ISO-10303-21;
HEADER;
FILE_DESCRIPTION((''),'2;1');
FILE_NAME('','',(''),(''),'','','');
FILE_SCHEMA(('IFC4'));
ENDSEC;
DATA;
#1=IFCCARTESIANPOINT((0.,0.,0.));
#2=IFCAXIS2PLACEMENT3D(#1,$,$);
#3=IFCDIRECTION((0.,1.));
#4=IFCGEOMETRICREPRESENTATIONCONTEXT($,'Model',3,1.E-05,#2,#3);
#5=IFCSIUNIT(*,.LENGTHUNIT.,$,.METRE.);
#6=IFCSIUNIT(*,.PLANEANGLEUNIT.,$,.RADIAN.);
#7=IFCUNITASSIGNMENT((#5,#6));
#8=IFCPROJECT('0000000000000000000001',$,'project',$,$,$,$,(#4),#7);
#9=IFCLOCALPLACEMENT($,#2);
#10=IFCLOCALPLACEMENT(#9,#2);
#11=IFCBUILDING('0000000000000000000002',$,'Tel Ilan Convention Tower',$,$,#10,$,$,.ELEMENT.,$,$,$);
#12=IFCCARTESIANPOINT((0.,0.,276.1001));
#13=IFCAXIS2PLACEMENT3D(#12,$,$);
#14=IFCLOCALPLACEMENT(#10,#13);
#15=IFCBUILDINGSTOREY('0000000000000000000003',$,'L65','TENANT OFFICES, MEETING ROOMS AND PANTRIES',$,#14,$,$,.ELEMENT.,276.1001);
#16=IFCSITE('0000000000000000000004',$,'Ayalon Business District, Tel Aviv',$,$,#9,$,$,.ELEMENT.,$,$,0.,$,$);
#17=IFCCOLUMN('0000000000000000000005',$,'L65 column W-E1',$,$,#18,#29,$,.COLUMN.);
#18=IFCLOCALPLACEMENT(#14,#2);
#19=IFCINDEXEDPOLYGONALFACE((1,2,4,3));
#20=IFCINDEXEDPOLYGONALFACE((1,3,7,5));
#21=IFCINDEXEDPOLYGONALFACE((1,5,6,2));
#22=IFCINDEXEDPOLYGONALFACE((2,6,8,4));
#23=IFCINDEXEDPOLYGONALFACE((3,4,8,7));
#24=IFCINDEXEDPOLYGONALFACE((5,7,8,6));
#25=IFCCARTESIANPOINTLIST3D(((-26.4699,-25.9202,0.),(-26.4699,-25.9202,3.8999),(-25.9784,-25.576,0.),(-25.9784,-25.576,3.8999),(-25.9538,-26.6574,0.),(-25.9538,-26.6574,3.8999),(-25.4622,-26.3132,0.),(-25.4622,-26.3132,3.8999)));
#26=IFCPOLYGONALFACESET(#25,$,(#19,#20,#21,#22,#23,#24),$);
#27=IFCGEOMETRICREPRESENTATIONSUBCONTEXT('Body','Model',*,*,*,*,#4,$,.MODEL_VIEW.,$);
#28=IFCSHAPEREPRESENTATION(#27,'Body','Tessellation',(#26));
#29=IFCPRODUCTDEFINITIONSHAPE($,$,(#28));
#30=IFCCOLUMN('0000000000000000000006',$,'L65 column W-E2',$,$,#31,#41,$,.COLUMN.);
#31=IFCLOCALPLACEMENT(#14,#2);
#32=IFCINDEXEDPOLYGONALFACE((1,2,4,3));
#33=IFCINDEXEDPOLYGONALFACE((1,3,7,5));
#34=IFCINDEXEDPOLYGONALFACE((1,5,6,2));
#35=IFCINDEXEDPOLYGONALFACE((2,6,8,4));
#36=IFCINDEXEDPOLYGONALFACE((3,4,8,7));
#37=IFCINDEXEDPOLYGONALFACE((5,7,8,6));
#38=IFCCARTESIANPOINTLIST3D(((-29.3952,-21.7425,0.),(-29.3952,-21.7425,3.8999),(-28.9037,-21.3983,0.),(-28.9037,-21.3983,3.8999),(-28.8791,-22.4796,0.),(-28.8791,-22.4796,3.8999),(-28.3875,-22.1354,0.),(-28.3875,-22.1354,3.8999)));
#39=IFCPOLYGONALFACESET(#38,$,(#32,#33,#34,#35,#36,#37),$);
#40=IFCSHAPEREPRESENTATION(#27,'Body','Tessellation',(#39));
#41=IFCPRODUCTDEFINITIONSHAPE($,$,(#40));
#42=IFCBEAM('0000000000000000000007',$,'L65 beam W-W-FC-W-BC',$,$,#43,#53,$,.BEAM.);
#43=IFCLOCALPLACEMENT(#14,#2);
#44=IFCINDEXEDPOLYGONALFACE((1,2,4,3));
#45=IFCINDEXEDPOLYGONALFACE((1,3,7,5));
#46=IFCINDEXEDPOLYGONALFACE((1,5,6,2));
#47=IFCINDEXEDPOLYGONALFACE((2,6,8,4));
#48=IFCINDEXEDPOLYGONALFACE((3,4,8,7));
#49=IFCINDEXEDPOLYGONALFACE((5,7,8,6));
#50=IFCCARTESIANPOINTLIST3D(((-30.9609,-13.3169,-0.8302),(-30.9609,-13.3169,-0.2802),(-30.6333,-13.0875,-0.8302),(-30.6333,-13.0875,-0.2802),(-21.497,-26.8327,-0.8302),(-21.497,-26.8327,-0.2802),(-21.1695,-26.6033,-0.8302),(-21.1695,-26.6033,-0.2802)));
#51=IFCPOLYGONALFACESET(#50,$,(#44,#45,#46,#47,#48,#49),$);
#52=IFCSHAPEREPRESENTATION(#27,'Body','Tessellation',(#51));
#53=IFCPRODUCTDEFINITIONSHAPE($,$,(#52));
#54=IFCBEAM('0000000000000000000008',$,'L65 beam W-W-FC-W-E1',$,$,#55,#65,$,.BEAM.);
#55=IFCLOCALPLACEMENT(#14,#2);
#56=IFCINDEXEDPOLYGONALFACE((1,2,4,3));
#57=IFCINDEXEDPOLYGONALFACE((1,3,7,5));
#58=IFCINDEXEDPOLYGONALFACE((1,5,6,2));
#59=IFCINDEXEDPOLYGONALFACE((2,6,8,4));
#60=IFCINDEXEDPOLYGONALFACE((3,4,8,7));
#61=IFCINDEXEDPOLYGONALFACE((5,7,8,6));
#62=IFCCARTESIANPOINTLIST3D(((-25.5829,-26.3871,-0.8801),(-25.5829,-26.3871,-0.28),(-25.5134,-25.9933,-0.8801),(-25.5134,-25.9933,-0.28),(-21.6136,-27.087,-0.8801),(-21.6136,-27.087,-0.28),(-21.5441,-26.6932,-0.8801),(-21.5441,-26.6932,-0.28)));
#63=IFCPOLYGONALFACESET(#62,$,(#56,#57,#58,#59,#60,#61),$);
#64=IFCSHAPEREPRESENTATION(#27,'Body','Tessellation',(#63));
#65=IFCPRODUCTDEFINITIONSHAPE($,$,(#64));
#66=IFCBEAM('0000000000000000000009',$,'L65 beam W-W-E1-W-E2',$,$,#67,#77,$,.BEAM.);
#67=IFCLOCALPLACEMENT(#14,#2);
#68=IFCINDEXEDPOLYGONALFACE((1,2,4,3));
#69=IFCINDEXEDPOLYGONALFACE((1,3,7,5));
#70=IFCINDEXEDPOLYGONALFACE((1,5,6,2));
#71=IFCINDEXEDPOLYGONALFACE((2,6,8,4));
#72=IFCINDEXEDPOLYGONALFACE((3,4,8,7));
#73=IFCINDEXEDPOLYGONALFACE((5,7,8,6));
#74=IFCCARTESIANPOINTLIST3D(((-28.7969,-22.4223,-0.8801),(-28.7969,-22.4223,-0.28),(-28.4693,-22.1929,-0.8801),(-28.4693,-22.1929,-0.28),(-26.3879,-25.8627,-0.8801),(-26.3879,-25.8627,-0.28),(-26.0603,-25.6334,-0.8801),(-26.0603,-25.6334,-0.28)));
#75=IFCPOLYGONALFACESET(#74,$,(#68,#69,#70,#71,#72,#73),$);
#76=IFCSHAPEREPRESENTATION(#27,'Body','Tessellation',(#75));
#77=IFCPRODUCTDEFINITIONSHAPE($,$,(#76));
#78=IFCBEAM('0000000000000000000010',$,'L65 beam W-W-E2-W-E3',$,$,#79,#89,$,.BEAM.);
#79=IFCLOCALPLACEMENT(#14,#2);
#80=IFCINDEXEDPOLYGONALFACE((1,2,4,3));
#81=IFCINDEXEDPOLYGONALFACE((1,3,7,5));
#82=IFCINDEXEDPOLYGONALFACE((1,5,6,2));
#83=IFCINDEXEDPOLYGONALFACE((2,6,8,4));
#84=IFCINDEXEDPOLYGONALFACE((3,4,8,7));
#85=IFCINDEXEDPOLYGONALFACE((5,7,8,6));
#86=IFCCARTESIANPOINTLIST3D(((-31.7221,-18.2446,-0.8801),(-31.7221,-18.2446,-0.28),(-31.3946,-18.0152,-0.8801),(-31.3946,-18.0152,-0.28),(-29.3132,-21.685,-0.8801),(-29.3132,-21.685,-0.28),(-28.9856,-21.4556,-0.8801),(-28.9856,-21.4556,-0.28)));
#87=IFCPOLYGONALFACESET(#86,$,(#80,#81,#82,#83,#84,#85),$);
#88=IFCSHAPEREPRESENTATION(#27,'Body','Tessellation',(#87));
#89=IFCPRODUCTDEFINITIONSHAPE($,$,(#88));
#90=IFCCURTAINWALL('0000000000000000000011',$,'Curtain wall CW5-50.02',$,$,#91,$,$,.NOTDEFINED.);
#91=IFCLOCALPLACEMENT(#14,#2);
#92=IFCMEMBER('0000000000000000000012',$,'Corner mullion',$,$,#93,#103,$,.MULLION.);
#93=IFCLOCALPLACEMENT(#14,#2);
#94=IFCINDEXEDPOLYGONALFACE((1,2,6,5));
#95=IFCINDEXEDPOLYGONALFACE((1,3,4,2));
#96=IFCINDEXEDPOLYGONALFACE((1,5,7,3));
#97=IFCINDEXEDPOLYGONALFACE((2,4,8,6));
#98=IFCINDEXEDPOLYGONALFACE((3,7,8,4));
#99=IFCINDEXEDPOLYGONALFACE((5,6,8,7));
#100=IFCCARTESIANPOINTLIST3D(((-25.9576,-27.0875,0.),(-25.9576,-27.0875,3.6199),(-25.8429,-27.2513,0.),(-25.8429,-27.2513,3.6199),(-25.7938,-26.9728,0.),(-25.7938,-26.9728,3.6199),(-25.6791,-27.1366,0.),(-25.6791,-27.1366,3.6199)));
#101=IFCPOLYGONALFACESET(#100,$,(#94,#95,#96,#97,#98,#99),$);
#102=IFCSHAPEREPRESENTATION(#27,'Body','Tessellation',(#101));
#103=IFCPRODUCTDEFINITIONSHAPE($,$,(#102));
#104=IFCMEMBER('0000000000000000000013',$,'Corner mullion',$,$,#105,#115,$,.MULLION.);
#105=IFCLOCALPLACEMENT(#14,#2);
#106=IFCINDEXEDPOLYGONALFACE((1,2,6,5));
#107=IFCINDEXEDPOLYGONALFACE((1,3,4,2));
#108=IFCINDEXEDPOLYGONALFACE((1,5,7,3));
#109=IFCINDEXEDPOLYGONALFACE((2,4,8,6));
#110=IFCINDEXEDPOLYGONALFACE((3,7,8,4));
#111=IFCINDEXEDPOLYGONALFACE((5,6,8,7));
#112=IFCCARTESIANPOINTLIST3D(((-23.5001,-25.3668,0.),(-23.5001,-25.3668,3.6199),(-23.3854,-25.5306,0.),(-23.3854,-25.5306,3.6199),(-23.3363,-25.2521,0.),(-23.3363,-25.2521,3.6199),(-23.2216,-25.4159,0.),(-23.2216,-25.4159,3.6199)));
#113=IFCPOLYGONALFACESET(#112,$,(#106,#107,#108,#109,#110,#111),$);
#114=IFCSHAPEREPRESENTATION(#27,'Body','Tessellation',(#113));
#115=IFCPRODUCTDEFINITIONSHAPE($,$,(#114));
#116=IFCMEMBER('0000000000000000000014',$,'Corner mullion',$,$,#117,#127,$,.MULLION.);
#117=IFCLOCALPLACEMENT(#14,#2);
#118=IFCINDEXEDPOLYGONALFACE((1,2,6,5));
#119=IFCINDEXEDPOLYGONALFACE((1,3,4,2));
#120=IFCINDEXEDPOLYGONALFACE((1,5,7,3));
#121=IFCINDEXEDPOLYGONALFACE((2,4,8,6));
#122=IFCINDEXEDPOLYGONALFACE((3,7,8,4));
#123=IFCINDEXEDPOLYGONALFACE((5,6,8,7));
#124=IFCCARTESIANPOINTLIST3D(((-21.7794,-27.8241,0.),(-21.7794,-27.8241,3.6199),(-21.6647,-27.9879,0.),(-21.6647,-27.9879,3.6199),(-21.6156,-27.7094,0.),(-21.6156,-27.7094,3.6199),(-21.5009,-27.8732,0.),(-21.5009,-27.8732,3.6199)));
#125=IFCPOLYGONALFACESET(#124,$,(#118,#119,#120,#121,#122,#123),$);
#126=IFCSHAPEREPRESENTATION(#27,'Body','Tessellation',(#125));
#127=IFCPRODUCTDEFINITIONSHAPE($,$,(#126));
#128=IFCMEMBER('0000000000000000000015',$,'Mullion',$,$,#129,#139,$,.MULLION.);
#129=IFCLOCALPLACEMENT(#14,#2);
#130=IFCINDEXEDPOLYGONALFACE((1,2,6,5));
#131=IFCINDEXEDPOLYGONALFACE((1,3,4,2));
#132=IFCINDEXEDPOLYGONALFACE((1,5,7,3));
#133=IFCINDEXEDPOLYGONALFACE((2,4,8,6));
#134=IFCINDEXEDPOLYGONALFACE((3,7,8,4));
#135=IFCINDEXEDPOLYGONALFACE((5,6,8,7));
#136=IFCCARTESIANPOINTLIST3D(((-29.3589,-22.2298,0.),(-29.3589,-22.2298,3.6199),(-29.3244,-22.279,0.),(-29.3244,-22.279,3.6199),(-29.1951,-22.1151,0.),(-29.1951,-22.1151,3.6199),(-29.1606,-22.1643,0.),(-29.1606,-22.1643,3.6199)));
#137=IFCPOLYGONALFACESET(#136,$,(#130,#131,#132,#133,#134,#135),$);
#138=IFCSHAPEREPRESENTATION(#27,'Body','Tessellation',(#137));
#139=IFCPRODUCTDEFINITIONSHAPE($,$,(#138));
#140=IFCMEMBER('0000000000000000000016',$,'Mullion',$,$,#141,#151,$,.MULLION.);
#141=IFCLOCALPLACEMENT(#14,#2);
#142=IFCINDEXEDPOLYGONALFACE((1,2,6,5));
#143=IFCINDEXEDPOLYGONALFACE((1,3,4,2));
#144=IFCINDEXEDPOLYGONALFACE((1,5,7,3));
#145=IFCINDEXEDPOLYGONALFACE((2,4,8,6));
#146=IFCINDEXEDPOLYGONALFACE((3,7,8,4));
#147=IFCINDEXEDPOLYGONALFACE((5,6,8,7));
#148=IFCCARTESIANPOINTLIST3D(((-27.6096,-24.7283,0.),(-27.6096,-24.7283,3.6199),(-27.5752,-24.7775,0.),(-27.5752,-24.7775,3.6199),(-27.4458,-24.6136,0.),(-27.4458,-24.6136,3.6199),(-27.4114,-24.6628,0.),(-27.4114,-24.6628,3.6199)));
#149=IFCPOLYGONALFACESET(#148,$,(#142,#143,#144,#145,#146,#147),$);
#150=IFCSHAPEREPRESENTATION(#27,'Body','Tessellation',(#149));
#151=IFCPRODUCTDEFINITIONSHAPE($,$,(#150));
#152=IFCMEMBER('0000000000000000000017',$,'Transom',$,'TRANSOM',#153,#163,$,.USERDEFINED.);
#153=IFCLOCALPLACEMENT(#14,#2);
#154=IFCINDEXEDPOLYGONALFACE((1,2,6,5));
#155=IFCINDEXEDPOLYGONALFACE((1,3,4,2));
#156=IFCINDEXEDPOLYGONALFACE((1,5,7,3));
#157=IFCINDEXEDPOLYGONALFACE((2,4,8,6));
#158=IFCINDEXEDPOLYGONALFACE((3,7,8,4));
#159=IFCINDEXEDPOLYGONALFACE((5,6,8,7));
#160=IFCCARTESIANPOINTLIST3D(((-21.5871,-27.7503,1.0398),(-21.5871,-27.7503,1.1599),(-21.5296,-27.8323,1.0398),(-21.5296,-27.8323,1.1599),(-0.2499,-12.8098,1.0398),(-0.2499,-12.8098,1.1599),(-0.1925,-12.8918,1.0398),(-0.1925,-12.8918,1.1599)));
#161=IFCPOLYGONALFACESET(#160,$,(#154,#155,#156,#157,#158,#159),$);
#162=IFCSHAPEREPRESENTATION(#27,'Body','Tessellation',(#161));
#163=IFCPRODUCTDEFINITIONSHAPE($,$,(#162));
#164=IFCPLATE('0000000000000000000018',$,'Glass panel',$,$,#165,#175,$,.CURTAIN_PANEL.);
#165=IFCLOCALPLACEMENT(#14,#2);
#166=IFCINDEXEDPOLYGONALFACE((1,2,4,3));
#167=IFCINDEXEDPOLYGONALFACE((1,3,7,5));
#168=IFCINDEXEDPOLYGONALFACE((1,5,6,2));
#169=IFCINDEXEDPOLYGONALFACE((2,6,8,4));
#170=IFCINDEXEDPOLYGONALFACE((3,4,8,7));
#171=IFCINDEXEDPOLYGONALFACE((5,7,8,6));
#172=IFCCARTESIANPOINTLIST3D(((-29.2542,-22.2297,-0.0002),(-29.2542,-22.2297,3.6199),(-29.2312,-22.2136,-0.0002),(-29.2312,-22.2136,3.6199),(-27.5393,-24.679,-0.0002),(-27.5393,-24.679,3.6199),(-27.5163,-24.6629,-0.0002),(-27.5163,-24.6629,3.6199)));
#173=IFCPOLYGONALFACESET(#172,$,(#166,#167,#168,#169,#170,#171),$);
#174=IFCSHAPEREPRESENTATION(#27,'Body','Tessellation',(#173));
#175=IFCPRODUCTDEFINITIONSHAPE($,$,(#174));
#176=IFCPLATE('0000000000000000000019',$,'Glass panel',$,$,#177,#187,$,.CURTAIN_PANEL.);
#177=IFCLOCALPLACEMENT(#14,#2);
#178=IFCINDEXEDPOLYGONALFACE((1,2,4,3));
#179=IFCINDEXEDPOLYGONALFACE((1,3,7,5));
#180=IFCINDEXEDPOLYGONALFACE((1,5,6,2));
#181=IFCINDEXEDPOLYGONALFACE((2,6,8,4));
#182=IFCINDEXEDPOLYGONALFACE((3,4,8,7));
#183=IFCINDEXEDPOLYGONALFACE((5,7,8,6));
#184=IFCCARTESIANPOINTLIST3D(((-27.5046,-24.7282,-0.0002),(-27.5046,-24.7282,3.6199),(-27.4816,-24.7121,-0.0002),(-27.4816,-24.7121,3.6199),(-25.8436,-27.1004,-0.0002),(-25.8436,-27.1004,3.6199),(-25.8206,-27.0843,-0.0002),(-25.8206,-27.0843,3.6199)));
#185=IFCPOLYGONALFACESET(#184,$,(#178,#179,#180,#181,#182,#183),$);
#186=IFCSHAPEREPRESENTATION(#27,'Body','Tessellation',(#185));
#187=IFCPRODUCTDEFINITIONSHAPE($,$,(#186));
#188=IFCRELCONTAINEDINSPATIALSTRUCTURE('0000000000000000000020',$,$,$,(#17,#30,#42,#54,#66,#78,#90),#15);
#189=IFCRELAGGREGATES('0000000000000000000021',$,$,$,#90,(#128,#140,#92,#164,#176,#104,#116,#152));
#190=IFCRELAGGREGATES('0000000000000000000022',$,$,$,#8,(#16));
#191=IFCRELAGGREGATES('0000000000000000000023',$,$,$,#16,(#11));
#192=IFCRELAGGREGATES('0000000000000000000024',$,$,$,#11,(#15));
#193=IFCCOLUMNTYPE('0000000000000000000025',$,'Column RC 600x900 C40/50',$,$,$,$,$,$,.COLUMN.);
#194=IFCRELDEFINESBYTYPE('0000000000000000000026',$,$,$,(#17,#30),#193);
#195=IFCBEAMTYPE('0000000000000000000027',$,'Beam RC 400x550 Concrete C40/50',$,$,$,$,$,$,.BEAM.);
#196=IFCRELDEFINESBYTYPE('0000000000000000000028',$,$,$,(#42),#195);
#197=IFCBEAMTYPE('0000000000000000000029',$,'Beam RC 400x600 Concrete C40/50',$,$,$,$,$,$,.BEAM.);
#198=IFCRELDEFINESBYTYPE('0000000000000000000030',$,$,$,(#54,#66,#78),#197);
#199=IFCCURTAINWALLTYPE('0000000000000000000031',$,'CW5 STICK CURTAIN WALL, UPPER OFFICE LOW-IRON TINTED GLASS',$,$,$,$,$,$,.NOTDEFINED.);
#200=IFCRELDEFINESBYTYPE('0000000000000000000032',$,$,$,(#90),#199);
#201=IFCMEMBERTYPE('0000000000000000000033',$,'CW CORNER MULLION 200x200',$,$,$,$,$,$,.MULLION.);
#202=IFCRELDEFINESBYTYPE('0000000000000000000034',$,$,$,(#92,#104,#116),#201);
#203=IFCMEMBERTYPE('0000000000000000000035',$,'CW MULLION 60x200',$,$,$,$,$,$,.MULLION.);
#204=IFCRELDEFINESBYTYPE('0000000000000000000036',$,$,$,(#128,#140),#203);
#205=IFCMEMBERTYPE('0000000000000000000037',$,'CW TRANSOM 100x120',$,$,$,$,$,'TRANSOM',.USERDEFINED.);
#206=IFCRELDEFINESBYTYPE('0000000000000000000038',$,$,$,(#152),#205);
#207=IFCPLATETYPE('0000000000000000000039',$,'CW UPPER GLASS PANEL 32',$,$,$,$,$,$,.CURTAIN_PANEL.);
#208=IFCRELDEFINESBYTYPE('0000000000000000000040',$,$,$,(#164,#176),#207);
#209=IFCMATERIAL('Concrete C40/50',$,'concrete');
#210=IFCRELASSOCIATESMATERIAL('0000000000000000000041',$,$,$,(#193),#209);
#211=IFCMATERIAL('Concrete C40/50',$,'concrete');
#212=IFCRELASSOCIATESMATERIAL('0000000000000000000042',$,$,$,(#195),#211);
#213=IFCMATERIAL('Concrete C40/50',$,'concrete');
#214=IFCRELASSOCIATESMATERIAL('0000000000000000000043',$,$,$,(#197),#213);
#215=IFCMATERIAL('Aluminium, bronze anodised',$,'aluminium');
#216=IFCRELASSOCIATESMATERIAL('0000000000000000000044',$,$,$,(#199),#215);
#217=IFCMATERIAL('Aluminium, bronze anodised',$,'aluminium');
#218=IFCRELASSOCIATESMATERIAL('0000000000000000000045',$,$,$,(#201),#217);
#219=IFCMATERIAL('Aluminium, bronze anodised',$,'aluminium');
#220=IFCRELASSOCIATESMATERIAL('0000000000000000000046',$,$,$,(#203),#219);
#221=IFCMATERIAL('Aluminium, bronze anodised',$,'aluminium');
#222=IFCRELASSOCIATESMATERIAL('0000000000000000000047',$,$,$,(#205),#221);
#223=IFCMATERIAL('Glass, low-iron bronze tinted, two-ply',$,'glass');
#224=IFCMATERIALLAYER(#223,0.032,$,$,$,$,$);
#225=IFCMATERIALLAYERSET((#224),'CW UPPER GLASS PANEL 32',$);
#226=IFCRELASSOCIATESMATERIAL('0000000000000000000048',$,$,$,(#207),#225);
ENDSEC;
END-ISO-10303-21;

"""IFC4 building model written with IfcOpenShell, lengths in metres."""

from ifc_helpers import new_model, si_unit, direction, frame, origin, origin_2d, place, context, subcontext, project, spatial, rectangle, extrude, material, layer, layer_set, material_profile, profile_set, type_object, element, aggregate, save


model = new_model("IFC4")

# Units and contexts
model_context = context("Model", 3, precision=1e-05, world=origin(), true_north=direction((0.0, 1.0)))
body_context = subcontext(model_context, "Body", "Model", "MODEL_VIEW")
ifc_project = project(units=[si_unit("LENGTHUNIT", "METRE"), si_unit("PLANEANGLEUNIT", "RADIAN")], contexts=[model_context])

# Site, building, storey
site_placement = place(None, origin())
site = spatial("IfcSite", under=ifc_project, at=site_placement, Name="Ayalon Business District, Tel Aviv", CompositionType="ELEMENT", RefElevation=0.0)
building_placement = place(site_placement, origin())
building = spatial("IfcBuilding", under=site, at=building_placement, Name="Tel Ilan Convention Tower", CompositionType="ELEMENT")
storey_placement = place(building_placement, frame((0.0, 0.0, 276.1001)))
storey = spatial("IfcBuildingStorey", under=building, at=storey_placement, Name="L65", Description="TENANT OFFICES, MEETING ROOMS AND PANTRIES", CompositionType="ELEMENT", Elevation=276.1001)

# Columns
ifc_material_1 = material(Name="Concrete C40/50", Category="concrete")
ifc_material_profile_1 = material_profile(ifc_material_1, rectangle(XDim=0.8999, YDim=0.6001, at=origin_2d()), Name="RC 600x900")
ifc_profile_set_1 = profile_set([ifc_material_profile_1], Name="Concrete C40/50")
column_type = type_object("IfcColumnType", Name="Column RC 600x900 C40/50", PredefinedType="COLUMN", material=ifc_profile_set_1)
for number, where, z_axis, x_axis, name in (
    (1, (-25.9661, -26.1167, 0.0), (0.0, 0.0, 1.0), (-0.573576, 0.819152, 0.0), "L65 column W-E1"),
    (2, (-28.8914, -21.939, 0.0), (0.0, 0.0, 1.0), (-0.573576, 0.819152, 0.0), "L65 column W-E2"),
):
    element("IfcColumn", number, at=place(storey_placement, frame(where, z_axis=z_axis, x_axis=x_axis)), inside=storey, type_object=column_type, Name=name, PredefinedType="COLUMN", context=body_context, shape_type="SweptSolid", body=[
        extrude(rectangle(XDim=0.8999, YDim=0.6001, at=origin_2d()), origin(), (0.0, 0.0, 1.0), 3.8999),
    ])

# Beams
ifc_material_2 = material(Name="Concrete C40/50", Category="concrete")
ifc_material_profile_2 = material_profile(ifc_material_2, rectangle(XDim=0.3999, YDim=0.55, at=origin_2d()), Name="RC 400x550")
ifc_profile_set_2 = profile_set([ifc_material_profile_2], Name="Concrete C40/50")
beam_type_1 = type_object("IfcBeamType", Name="Beam RC 400x550 Concrete C40/50", PredefinedType="BEAM", material=ifc_profile_set_2)
beam_1_placement = place(storey_placement, frame((-21.3333, -26.718, -0.5552), z_axis=(-0.573575, 0.819153, 0.0), x_axis=(-0.819153, -0.573575, 0.0)))
element("IfcBeam", 3, at=beam_1_placement, inside=storey, type_object=beam_type_1, Name="L65 beam W-W-FC-W-BC", PredefinedType="BEAM", context=body_context, shape_type="SweptSolid", body=[
    extrude(rectangle(XDim=0.3999, YDim=0.55, at=origin_2d()), origin(), (0.0, 0.0, 1.0), 16.4998),
])
ifc_material_3 = material(Name="Concrete C40/50", Category="concrete")
ifc_material_profile_3 = material_profile(ifc_material_3, rectangle(XDim=0.3999, YDim=0.6001, at=origin_2d()), Name="RC 400x600")
ifc_profile_set_3 = profile_set([ifc_material_profile_3], Name="Concrete C40/50")
beam_type_2 = type_object("IfcBeamType", Name="Beam RC 400x600 Concrete C40/50", PredefinedType="BEAM", material=ifc_profile_set_3)
beam_2_placement = place(storey_placement, frame((-21.5789, -26.8901, -0.5801), z_axis=(-0.984805, 0.173664, 0.0), x_axis=(-0.173664, -0.984805, 0.0)))
element("IfcBeam", 4, at=beam_2_placement, inside=storey, type_object=beam_type_2, Name="L65 beam W-W-FC-W-E1", PredefinedType="BEAM", context=body_context, shape_type="SweptSolid", body=[
    extrude(rectangle(XDim=0.3999, YDim=0.6001, at=origin_2d()), origin(), (0.0, 0.0, 1.0), 4.0305),
])
for number, where, z_axis, x_axis, name in (
    (5, (-26.2241, -25.748, -0.5801), (-0.573564, 0.819161, 0.0), (-0.819161, -0.573564, 0.0), "L65 beam W-W-E1-W-E2"),
    (6, (-29.1494, -21.5703, -0.5801), (-0.573564, 0.819161, 0.0), (-0.819161, -0.573564, 0.0), "L65 beam W-W-E2-W-E3"),
):
    element("IfcBeam", number, at=place(storey_placement, frame(where, z_axis=z_axis, x_axis=x_axis)), inside=storey, type_object=beam_type_2, Name=name, PredefinedType="BEAM", context=body_context, shape_type="SweptSolid", body=[
        extrude(rectangle(XDim=0.3999, YDim=0.6001, at=origin_2d()), origin(), (0.0, 0.0, 1.0), 4.2),
    ])

# Curtain wall, members, plates
ifc_material_4 = material(Name="Aluminium, bronze anodised", Category="aluminium")
curtain_wall_type = type_object("IfcCurtainWallType", Name="CW5 STICK CURTAIN WALL, UPPER OFFICE LOW-IRON TINTED GLASS", PredefinedType="NOTDEFINED", material=ifc_material_4)
curtain_wall_placement = place(storey_placement, origin())
curtain_wall = element("IfcCurtainWall", 7, at=curtain_wall_placement, inside=storey, type_object=curtain_wall_type, Name="Curtain wall CW5-50.02", PredefinedType="NOTDEFINED")
ifc_material_5 = material(Name="Aluminium, bronze anodised", Category="aluminium")
ifc_material_profile_4 = material_profile(ifc_material_5, rectangle(XDim=0.2, YDim=0.2, at=origin_2d()), Name="CW CORNER MULLION 200x200")
ifc_profile_set_4 = profile_set([ifc_material_profile_4], Name="Aluminium, bronze anodised")
member_type_1 = type_object("IfcMemberType", Name="CW CORNER MULLION 200x200", PredefinedType="MULLION", material=ifc_profile_set_4)
member_1_placement = place(storey_placement, frame((-25.8184, -27.1121, 0.0), z_axis=(0.0, 0.0, 1.0), x_axis=(0.573576, -0.819152, 0.0)))
member_1 = element("IfcMember", 8, at=member_1_placement, type_object=member_type_1, Name="Corner mullion", PredefinedType="MULLION", context=body_context, shape_type="SweptSolid", body=[
    extrude(rectangle(XDim=0.2, YDim=0.2, at=origin_2d()), origin(), (0.0, 0.0, 1.0), 3.6199),
])
member_2_placement = place(storey_placement, frame((-23.3608, -25.3914, 0.0), z_axis=(0.0, 0.0, 1.0), x_axis=(0.819152, 0.573576, 0.0)))
member_2 = element("IfcMember", 9, at=member_2_placement, type_object=member_type_1, Name="Corner mullion", PredefinedType="MULLION", context=body_context, shape_type="SweptSolid", body=[
    extrude(rectangle(XDim=0.2, YDim=0.2, at=origin_2d()), origin(), (0.0, 0.0, 1.0), 3.6199),
])
member_3_placement = place(storey_placement, frame((-21.6401, -27.8486, 0.0), z_axis=(0.0, 0.0, 1.0), x_axis=(0.573576, -0.819152, 0.0)))
member_3 = element("IfcMember", 10, at=member_3_placement, type_object=member_type_1, Name="Corner mullion", PredefinedType="MULLION", context=body_context, shape_type="SweptSolid", body=[
    extrude(rectangle(XDim=0.2, YDim=0.2, at=origin_2d()), origin(), (0.0, 0.0, 1.0), 3.6199),
])
ifc_material_6 = material(Name="Aluminium, bronze anodised", Category="aluminium")
ifc_material_profile_5 = material_profile(ifc_material_6, rectangle(XDim=0.0601, YDim=0.2, at=origin_2d()), Name="CW MULLION 60x200")
ifc_profile_set_5 = profile_set([ifc_material_profile_5], Name="Aluminium, bronze anodised")
member_type_2 = type_object("IfcMemberType", Name="CW MULLION 60x200", PredefinedType="MULLION", material=ifc_profile_set_5)
member_4_placement = place(storey_placement, frame((-29.2598, -22.197, 0.0), z_axis=(0.0, 0.0, 1.0), x_axis=(0.573576, -0.819152, 0.0)))
member_4 = element("IfcMember", 11, at=member_4_placement, type_object=member_type_2, Name="Mullion", PredefinedType="MULLION", context=body_context, shape_type="SweptSolid", body=[
    extrude(rectangle(XDim=0.0601, YDim=0.2, at=origin_2d()), origin(), (0.0, 0.0, 1.0), 3.6199),
])
member_5_placement = place(storey_placement, frame((-27.5105, -24.6956, 0.0), z_axis=(0.0, 0.0, 1.0), x_axis=(0.573576, -0.819152, 0.0)))
member_5 = element("IfcMember", 12, at=member_5_placement, type_object=member_type_2, Name="Mullion", PredefinedType="MULLION", context=body_context, shape_type="SweptSolid", body=[
    extrude(rectangle(XDim=0.0601, YDim=0.2, at=origin_2d()), origin(), (0.0, 0.0, 1.0), 3.6199),
])
ifc_material_7 = material(Name="Aluminium, bronze anodised", Category="aluminium")
ifc_material_profile_6 = material_profile(ifc_material_7, rectangle(XDim=0.1001, YDim=0.1201, at=origin_2d()), Name="CW TRANSOM 100x120")
ifc_profile_set_6 = profile_set([ifc_material_profile_6], Name="Aluminium, bronze anodised")
member_type_3 = type_object("IfcMemberType", Name="CW TRANSOM 100x120", ElementType="TRANSOM", PredefinedType="USERDEFINED", material=ifc_profile_set_6)
member_6_placement = place(storey_placement, frame((-21.5583, -27.7913, 1.0999), z_axis=(0.819152, 0.573576, 0.0), x_axis=(-0.573576, 0.819152, 0.0)))
member_6 = element("IfcMember", 13, at=member_6_placement, type_object=member_type_3, Name="Transom", ObjectType="TRANSOM", PredefinedType="USERDEFINED", context=body_context, shape_type="SweptSolid", body=[
    extrude(rectangle(XDim=0.1001, YDim=0.1201, at=origin_2d()), origin(), (0.0, 0.0, 1.0), 26.0479),
])
ifc_material_8 = material(Name="Glass, low-iron bronze tinted, two-ply", Category="glass")
ifc_layer_1 = layer(ifc_material_8, 0.032)
ifc_layer_set_1 = layer_set([ifc_layer_1], Name="CW UPPER GLASS PANEL 32")
plate_type = type_object("IfcPlateType", Name="CW UPPER GLASS PANEL 32", PredefinedType="CURTAIN_PANEL", material=ifc_layer_set_1)
plate_1_placement = place(storey_placement, frame((-28.3853, -23.4463, -0.0002), z_axis=(0.0, 0.0, 1.0), x_axis=(0.573576, -0.819152, 0.0)))
plate_1 = element("IfcPlate", 14, at=plate_1_placement, type_object=plate_type, Name="Glass panel", PredefinedType="CURTAIN_PANEL", context=body_context, shape_type="SweptSolid", body=[
    extrude(rectangle(XDim=2.99, YDim=0.0281, at=origin_2d()), origin(), (0.0, 0.0, 1.0), 3.6201),
])
plate_2_placement = place(storey_placement, frame((-26.6626, -25.9062, -0.0002), z_axis=(0.0, 0.0, 1.0), x_axis=(0.573576, -0.819152, 0.0)))
plate_2 = element("IfcPlate", 15, at=plate_2_placement, type_object=plate_type, Name="Glass panel", PredefinedType="CURTAIN_PANEL", context=body_context, shape_type="SweptSolid", body=[
    extrude(rectangle(XDim=2.896, YDim=0.0281, at=origin_2d()), origin(), (0.0, 0.0, 1.0), 3.6201),
])
aggregate(curtain_wall, [member_4, member_5, member_1, plate_1, plate_2, member_2, member_3, member_6])

save(model, "model.ifc")
